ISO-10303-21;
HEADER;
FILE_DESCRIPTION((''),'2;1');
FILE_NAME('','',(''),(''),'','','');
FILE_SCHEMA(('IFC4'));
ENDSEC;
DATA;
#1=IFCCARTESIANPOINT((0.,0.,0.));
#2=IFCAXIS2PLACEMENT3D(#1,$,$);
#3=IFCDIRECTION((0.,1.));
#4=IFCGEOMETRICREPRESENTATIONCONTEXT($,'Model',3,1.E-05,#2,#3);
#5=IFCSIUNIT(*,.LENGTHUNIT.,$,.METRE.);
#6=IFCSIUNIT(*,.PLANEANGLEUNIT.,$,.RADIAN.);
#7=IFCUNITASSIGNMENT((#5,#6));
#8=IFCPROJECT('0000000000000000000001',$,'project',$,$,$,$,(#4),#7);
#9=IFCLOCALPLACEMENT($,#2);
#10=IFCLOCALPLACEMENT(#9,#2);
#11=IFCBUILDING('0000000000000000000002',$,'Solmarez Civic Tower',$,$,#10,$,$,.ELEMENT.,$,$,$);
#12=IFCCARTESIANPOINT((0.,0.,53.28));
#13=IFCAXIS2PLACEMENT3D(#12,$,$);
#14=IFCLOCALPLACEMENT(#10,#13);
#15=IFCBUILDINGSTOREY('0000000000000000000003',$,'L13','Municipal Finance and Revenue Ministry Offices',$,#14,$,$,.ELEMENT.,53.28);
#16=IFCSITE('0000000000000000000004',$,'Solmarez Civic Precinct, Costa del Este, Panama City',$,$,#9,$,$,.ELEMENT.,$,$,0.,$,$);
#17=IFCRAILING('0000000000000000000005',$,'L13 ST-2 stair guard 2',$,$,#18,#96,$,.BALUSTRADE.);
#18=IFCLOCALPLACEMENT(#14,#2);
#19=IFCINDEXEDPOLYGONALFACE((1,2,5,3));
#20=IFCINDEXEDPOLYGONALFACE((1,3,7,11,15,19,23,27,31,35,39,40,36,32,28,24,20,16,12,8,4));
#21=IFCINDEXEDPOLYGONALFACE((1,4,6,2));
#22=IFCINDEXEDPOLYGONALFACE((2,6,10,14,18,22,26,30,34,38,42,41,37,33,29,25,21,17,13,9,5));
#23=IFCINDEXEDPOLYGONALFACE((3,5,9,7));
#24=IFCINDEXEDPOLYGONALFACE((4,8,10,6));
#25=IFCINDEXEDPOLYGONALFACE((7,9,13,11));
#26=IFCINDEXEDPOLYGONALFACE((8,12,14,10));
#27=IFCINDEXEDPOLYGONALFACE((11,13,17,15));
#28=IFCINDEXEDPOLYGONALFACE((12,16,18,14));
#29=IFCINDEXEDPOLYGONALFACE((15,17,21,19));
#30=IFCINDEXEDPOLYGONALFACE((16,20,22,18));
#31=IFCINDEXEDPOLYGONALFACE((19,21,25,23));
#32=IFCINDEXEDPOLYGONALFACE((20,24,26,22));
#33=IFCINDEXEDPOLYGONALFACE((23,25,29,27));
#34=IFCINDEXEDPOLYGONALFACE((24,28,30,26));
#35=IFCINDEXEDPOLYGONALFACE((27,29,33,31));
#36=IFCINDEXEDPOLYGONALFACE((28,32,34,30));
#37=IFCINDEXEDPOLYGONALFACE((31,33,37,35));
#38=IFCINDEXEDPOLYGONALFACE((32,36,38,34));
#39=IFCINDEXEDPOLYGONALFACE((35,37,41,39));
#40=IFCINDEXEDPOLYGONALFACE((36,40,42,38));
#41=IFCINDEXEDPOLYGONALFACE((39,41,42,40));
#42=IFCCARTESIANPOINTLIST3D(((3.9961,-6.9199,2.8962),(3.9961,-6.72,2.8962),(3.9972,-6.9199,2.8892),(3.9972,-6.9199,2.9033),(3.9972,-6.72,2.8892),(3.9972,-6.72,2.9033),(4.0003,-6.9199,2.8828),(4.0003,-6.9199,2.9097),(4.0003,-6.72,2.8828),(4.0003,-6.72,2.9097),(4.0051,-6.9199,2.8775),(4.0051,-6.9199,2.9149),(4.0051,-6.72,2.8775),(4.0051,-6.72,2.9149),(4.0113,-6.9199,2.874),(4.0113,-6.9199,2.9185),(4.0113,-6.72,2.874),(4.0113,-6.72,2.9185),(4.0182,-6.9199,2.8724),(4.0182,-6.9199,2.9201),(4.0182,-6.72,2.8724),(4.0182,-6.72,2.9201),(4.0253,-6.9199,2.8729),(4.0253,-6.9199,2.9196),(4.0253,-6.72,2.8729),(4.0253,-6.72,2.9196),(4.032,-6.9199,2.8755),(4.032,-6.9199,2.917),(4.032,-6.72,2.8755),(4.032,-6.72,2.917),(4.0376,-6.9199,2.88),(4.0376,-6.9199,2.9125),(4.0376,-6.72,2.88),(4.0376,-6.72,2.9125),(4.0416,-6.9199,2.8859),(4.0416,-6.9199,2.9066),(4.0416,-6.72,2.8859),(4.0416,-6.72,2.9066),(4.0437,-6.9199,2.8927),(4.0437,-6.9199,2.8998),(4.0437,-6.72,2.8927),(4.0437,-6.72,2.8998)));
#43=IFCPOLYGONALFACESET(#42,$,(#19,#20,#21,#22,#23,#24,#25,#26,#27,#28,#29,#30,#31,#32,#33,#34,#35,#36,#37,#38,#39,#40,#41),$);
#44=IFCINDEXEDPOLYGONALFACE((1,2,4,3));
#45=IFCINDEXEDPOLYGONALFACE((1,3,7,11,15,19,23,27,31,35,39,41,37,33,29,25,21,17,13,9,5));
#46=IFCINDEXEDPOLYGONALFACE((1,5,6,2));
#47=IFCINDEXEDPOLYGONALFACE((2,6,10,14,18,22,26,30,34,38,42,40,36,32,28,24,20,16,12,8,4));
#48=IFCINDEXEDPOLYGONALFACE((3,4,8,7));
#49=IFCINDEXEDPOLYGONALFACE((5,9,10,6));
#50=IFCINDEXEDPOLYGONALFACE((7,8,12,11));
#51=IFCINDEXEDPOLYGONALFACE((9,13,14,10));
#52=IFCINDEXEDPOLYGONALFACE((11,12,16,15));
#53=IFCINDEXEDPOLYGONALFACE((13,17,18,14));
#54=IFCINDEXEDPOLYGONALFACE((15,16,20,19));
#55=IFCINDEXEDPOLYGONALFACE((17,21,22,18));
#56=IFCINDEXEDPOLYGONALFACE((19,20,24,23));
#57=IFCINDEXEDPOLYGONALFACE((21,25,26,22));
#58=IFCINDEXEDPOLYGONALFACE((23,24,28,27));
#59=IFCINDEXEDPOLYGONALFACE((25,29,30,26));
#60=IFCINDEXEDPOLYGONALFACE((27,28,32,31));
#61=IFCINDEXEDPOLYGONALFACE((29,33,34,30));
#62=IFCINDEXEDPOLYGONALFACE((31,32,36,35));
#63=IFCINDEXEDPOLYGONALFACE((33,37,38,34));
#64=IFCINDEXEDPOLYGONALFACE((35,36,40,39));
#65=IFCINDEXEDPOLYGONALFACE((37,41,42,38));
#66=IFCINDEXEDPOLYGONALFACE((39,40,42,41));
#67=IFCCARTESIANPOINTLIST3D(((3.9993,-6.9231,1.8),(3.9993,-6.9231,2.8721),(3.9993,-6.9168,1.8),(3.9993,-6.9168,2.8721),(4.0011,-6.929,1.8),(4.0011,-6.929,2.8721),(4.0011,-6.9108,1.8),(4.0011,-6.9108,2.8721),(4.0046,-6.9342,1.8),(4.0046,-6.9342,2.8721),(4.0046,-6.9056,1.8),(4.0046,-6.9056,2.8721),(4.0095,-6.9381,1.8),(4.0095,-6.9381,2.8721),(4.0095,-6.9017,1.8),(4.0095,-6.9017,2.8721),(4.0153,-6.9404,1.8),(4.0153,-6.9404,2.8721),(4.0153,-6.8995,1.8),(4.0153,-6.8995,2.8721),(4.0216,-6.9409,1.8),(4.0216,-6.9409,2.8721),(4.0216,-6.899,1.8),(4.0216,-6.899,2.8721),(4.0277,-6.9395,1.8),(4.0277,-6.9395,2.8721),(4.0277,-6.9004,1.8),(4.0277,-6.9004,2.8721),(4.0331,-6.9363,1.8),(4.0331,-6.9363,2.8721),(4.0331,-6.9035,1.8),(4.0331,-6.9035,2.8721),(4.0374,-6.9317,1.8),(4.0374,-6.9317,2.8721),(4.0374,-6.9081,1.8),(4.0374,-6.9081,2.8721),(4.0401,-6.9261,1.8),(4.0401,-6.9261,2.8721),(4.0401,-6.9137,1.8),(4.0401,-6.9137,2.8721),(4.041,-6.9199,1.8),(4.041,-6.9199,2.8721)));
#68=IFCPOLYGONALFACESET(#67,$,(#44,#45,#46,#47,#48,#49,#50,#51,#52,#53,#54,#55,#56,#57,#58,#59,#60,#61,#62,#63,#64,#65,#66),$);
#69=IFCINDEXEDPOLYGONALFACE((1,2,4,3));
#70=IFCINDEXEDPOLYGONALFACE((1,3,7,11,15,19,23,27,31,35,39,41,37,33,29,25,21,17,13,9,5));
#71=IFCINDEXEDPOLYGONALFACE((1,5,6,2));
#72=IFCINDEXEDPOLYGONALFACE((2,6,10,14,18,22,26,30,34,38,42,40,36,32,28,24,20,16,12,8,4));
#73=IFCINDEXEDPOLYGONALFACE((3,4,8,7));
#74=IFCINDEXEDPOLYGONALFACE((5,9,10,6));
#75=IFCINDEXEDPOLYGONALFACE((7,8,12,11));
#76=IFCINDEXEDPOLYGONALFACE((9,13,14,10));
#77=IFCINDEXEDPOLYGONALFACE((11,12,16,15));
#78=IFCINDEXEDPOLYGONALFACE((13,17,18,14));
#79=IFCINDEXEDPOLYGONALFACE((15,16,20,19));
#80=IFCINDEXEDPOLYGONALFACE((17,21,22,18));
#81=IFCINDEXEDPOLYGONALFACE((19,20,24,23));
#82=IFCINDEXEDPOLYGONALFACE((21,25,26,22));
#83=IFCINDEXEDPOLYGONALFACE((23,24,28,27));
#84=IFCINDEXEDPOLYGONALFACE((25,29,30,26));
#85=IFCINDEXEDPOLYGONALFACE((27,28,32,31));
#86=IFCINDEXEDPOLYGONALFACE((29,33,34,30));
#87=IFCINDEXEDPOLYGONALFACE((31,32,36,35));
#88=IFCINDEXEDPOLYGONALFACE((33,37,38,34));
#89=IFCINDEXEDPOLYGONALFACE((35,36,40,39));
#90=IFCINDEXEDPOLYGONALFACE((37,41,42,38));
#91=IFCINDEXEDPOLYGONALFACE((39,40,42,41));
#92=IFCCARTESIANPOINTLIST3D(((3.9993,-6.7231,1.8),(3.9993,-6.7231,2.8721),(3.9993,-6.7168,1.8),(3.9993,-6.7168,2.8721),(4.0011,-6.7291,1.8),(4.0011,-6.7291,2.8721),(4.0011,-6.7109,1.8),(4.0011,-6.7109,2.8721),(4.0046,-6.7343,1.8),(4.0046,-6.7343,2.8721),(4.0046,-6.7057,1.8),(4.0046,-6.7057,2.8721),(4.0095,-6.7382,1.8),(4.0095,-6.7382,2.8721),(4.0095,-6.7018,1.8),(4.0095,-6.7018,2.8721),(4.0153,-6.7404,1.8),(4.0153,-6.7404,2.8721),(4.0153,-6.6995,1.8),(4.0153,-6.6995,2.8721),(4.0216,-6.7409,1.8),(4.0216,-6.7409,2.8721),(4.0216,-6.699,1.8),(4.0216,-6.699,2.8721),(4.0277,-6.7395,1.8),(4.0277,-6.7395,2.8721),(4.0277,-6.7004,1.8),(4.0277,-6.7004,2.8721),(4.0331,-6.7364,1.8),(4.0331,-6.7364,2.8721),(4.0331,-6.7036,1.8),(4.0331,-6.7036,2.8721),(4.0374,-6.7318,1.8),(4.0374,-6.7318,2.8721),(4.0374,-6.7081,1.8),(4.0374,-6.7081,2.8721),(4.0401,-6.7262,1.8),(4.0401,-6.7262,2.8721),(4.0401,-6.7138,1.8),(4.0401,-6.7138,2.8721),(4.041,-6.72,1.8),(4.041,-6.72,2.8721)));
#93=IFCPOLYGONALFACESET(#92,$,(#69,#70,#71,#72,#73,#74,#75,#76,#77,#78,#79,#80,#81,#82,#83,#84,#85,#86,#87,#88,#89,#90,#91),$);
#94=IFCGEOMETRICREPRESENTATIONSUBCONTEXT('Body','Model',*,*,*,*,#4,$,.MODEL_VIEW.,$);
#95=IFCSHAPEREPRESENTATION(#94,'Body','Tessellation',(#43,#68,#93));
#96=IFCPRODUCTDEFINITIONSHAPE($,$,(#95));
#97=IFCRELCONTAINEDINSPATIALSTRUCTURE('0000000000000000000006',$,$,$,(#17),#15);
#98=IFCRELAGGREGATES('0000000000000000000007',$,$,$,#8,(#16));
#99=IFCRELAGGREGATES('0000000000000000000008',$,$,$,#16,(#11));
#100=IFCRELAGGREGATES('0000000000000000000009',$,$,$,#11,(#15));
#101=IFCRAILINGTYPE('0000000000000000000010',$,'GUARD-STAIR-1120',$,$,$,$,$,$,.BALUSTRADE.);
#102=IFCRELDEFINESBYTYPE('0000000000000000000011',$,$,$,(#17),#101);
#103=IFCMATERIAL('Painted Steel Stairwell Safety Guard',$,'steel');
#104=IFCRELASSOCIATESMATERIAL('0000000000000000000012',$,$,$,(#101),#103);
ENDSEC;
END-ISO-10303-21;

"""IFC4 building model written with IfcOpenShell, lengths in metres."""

from ifc_helpers import new_model, si_unit, direction, frame, origin, origin_2d, place, context, subcontext, project, spatial, circle, extrude, material, type_object, element, save


model = new_model("IFC4")

# Units and contexts
model_context = context("Model", 3, precision=1e-05, world=origin(), true_north=direction((0.0, 1.0)))
body_context = subcontext(model_context, "Body", "Model", "MODEL_VIEW")
ifc_project = project(units=[si_unit("LENGTHUNIT", "METRE"), si_unit("PLANEANGLEUNIT", "RADIAN")], contexts=[model_context])

# Site, building, storey
site_placement = place(None, origin())
site = spatial("IfcSite", under=ifc_project, at=site_placement, Name="Solmarez Civic Precinct, Costa del Este, Panama City", CompositionType="ELEMENT", RefElevation=0.0)
building_placement = place(site_placement, origin())
building = spatial("IfcBuilding", under=site, at=building_placement, Name="Solmarez Civic Tower", CompositionType="ELEMENT")
storey_placement = place(building_placement, frame((0.0, 0.0, 53.28)))
storey = spatial("IfcBuildingStorey", under=building, at=storey_placement, Name="L13", Description="Municipal Finance and Revenue Ministry Offices", CompositionType="ELEMENT", Elevation=53.28)

# Railing
ifc_material_1 = material(Name="Painted Steel Stairwell Safety Guard", Category="steel")
railing_type_1 = type_object("IfcRailingType", Name="GUARD-STAIR-1120", PredefinedType="BALUSTRADE", material=ifc_material_1)
railing_1_placement = place(storey_placement, frame((4.02, -6.9199, 1.8)))
element("IfcRailing", 1, at=railing_1_placement, inside=storey, type_object=railing_type_1, Name="L13 ST-2 stair guard 2", PredefinedType="BALUSTRADE", context=body_context, shape_type="SweptSolid", body=[
    extrude(circle(Radius=0.0239, at=origin_2d()), frame((0.0, 0.0, 1.0962), z_axis=(0.0, 1.0, 0.0), x_axis=(-1.0, 0.0, 0.0)), (0.0, 0.0, 1.0), 0.2),
    extrude(circle(Radius=0.021, at=origin_2d()), origin(), (0.0, 0.0, 1.0), 1.072),
    extrude(circle(Radius=0.021, at=origin_2d()), frame((0.0, 0.2, 0.0)), (0.0, 0.0, 1.0), 1.072),
])

save(model, "model.ifc")
